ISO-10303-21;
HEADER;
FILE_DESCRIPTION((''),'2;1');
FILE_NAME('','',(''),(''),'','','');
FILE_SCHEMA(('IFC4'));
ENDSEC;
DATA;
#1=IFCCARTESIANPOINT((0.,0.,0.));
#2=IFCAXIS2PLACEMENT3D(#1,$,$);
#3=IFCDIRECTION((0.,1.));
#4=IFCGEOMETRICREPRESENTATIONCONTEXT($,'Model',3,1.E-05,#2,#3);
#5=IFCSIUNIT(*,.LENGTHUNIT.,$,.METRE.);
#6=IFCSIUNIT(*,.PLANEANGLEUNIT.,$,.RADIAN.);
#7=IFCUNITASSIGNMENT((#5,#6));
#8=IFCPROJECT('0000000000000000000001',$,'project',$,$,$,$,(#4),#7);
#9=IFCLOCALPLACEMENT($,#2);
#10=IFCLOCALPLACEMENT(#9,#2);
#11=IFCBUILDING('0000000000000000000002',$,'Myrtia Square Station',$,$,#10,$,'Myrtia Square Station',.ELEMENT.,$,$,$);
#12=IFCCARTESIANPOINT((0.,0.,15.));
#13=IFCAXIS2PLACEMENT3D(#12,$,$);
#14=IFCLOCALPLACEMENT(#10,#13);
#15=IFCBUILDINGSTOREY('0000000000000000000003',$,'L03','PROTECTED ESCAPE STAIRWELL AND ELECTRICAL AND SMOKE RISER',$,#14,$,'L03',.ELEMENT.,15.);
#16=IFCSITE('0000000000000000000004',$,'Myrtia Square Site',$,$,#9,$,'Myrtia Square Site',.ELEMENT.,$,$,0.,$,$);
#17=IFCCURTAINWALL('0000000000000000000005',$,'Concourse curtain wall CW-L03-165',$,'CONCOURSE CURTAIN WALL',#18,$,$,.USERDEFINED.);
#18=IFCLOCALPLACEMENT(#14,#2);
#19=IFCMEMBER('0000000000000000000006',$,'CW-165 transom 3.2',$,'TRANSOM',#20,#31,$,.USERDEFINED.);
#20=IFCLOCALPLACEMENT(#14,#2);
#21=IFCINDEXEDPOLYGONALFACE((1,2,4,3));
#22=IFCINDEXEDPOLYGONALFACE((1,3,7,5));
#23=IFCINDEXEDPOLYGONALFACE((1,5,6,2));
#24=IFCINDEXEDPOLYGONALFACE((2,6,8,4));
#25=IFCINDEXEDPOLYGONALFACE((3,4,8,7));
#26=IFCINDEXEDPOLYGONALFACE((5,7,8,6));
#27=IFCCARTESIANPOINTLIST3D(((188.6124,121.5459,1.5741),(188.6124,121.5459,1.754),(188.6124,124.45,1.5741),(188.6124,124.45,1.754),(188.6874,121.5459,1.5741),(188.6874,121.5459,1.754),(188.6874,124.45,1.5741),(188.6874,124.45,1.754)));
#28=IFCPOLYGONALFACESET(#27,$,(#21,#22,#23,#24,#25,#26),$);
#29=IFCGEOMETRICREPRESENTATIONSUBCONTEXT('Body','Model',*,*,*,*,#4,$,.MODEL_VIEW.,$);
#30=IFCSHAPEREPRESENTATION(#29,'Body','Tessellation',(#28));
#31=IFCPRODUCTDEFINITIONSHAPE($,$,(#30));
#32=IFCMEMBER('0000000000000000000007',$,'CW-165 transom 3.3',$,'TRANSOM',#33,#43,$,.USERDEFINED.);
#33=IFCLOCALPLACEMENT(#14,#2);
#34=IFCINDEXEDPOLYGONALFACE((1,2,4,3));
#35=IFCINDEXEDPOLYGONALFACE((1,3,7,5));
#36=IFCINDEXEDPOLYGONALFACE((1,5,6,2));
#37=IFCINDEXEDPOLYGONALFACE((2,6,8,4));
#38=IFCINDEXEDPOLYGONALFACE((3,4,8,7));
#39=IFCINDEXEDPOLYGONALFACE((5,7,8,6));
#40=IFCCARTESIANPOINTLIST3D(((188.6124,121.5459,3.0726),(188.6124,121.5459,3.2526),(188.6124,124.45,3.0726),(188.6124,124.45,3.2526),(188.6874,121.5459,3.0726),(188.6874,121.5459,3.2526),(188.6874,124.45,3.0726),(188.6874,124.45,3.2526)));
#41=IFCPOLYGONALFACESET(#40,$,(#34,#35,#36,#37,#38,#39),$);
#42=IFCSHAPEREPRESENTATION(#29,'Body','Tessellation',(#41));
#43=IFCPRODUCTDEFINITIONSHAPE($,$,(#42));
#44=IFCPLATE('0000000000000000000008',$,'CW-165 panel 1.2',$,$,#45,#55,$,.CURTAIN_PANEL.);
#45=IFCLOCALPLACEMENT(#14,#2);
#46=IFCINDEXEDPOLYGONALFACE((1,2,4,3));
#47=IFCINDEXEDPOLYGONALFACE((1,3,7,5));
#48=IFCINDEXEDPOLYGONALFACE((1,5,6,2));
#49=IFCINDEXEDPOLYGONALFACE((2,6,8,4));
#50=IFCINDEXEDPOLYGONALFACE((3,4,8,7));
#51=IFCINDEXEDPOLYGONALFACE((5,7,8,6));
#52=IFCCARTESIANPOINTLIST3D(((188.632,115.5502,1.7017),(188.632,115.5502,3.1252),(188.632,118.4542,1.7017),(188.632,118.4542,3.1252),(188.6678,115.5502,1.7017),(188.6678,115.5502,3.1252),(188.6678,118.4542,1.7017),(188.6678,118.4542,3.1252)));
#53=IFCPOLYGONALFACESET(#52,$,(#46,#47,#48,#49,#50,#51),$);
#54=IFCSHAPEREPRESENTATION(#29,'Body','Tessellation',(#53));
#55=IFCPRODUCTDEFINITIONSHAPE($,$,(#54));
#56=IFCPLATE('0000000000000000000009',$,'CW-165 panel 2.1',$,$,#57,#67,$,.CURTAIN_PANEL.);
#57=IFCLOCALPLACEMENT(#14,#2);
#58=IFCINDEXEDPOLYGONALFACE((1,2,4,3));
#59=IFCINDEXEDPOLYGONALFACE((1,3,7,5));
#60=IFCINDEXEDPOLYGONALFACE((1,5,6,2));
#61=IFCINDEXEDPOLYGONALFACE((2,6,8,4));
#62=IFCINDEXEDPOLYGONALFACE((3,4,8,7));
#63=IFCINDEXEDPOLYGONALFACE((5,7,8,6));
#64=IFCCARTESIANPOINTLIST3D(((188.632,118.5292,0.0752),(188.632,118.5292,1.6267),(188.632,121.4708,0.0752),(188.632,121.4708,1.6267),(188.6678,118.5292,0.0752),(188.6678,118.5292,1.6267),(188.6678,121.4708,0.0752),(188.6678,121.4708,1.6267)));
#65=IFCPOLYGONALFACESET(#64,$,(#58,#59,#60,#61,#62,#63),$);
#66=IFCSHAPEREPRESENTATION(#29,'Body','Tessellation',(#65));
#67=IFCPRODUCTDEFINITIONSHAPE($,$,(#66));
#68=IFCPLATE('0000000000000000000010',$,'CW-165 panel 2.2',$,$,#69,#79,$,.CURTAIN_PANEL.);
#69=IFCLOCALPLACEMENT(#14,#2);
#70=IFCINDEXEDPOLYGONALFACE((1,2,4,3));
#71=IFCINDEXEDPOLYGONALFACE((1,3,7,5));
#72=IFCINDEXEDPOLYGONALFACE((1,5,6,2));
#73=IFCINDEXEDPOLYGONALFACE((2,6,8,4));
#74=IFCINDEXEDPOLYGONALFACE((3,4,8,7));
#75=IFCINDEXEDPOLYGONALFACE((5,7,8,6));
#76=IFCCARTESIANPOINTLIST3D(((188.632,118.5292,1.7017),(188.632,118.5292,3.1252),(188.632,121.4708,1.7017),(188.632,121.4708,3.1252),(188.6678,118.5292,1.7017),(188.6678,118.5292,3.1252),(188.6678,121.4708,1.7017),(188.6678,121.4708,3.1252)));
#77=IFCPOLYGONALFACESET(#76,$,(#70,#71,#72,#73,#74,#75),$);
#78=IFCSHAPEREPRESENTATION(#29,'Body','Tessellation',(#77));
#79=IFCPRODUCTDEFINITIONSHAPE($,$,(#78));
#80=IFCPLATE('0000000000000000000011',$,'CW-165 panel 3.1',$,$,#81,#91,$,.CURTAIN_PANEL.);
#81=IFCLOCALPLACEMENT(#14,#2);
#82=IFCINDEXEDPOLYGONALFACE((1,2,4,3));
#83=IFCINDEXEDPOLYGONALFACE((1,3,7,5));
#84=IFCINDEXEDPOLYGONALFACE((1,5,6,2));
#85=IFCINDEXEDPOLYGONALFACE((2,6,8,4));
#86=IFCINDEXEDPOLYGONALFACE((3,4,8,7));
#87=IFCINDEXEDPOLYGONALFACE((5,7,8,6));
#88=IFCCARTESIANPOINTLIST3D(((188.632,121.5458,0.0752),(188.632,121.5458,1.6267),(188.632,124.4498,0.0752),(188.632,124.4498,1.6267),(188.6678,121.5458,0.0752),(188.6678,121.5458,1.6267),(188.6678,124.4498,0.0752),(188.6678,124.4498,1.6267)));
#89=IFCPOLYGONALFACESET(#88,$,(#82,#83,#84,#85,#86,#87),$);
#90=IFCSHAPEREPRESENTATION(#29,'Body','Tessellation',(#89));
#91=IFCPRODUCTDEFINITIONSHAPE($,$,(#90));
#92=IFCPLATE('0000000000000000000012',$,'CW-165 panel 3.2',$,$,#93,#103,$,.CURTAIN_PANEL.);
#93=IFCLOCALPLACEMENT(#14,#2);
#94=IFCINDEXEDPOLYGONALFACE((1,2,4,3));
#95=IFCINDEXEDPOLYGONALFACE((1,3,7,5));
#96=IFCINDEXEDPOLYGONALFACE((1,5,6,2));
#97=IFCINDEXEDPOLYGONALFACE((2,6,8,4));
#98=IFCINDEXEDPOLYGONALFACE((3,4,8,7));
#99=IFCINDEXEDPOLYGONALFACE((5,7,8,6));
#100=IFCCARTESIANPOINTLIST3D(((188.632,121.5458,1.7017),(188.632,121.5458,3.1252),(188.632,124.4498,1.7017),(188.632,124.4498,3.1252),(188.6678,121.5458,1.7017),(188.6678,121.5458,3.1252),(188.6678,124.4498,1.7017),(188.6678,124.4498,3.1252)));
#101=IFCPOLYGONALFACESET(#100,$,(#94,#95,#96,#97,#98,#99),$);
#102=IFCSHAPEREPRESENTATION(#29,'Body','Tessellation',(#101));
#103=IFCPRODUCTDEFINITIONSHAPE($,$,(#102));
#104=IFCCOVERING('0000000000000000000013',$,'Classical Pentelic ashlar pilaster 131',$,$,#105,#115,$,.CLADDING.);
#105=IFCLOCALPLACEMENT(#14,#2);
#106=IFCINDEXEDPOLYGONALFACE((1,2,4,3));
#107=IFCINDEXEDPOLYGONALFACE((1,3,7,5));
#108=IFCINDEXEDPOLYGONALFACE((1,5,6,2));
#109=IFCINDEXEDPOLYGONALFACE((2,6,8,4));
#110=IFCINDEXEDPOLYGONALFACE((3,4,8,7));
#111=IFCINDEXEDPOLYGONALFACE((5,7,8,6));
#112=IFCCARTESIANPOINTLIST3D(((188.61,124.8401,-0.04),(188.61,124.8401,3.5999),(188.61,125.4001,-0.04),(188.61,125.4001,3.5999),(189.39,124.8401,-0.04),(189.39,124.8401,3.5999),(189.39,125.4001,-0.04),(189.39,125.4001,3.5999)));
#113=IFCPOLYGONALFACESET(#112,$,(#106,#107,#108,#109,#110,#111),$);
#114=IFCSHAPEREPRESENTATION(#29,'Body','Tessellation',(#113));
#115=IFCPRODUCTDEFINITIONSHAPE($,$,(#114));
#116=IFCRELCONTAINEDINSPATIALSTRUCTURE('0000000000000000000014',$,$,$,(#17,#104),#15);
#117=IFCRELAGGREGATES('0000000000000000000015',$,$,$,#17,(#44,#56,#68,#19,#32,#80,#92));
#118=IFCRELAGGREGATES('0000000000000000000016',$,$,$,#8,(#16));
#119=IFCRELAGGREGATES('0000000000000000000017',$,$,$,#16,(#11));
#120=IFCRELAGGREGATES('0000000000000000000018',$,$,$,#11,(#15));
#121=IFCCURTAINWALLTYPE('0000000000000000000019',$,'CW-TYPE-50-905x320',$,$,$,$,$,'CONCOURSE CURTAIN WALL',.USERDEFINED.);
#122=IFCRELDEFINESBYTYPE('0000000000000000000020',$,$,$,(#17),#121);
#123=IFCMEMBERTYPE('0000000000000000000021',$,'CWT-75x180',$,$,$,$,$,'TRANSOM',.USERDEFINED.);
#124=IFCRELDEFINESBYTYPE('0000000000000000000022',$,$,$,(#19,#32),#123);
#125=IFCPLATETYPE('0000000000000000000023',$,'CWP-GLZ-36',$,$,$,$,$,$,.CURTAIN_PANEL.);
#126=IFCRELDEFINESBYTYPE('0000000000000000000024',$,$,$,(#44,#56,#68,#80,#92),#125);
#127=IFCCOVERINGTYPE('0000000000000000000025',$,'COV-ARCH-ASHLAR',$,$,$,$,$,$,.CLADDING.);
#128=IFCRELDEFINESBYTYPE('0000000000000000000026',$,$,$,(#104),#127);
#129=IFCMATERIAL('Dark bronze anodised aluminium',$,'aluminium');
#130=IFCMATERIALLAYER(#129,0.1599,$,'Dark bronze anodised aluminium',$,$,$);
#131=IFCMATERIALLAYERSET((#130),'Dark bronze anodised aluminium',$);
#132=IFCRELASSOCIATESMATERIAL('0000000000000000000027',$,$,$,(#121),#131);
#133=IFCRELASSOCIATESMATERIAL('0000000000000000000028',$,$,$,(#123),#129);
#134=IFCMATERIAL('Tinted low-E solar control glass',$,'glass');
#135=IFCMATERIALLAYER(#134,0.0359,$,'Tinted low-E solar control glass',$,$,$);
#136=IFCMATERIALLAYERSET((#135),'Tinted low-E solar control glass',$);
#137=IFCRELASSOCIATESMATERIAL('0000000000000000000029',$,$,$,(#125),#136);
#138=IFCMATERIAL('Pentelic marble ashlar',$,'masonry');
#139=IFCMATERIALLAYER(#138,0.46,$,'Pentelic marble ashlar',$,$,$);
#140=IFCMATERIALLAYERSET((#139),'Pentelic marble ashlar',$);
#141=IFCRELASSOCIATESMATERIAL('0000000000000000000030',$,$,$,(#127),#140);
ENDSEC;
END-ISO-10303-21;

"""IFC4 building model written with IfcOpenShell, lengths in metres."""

from ifc_helpers import new_model, si_unit, direction, frame, origin, origin_2d, place, context, subcontext, project, spatial, rectangle, extrude, material, layer, layer_set, material_profile, profile_set, type_object, element, aggregate, save


model = new_model("IFC4")

# Units and contexts
model_context = context("Model", 3, precision=1e-05, world=origin(), true_north=direction((0.0, 1.0)))
body_context = subcontext(model_context, "Body", "Model", "MODEL_VIEW")
ifc_project = project(units=[si_unit("LENGTHUNIT", "METRE"), si_unit("PLANEANGLEUNIT", "RADIAN")], contexts=[model_context])

# Site, building, storey
site_placement = place(None, origin())
site = spatial("IfcSite", under=ifc_project, at=site_placement, Name="Myrtia Square Site", LongName="Myrtia Square Site", CompositionType="ELEMENT", RefElevation=0.0)
building_placement = place(site_placement, origin())
building = spatial("IfcBuilding", under=site, at=building_placement, Name="Myrtia Square Station", LongName="Myrtia Square Station", CompositionType="ELEMENT")
storey_placement = place(building_placement, frame((0.0, 0.0, 15.0)))
storey = spatial("IfcBuildingStorey", under=building, at=storey_placement, Name="L03", Description="PROTECTED ESCAPE STAIRWELL AND ELECTRICAL AND SMOKE RISER", LongName="L03", CompositionType="ELEMENT", Elevation=15.0)

# Curtain wall, members, plates
ifc_material_1 = material(Name="Dark bronze anodised aluminium", Category="aluminium")
ifc_layer_1 = layer(ifc_material_1, 0.1599, Name="Dark bronze anodised aluminium")
ifc_layer_set_1 = layer_set([ifc_layer_1], Name="Dark bronze anodised aluminium")
curtain_wall_type = type_object("IfcCurtainWallType", Name="CW-TYPE-50-905x320", ElementType="CONCOURSE CURTAIN WALL", PredefinedType="USERDEFINED", material=ifc_layer_set_1)
curtain_wall_placement = place(storey_placement, origin())
curtain_wall = element("IfcCurtainWall", 1, at=curtain_wall_placement, inside=storey, type_object=curtain_wall_type, Name="Concourse curtain wall CW-L03-165", ObjectType="CONCOURSE CURTAIN WALL", PredefinedType="USERDEFINED")
ifc_material_profile_1 = material_profile(ifc_material_1, rectangle(XDim=0.075, YDim=0.1799, at=origin_2d()), Name="ALU-T 75x180")
ifc_profile_set_1 = profile_set([ifc_material_profile_1], Name="Dark bronze anodised aluminium")
member_type_1 = type_object("IfcMemberType", Name="CWT-75x180", ElementType="TRANSOM", PredefinedType="USERDEFINED", material=ifc_profile_set_1)
member_1_placement = place(storey_placement, frame((188.6499, 121.5459, 1.6641), z_axis=(0.0, 1.0, 0.0), x_axis=(-1.0, 0.0, 0.0)))
member_1 = element("IfcMember", 2, at=member_1_placement, type_object=member_type_1, Name="CW-165 transom 3.2", ObjectType="TRANSOM", PredefinedType="USERDEFINED", context=body_context, shape_type="SweptSolid", body=[
    extrude(rectangle(XDim=0.075, YDim=0.1799, at=origin_2d()), origin(), (0.0, 0.0, 1.0), 2.9041),
])
member_2_placement = place(storey_placement, frame((188.6499, 121.5459, 3.1626), z_axis=(0.0, 1.0, 0.0), x_axis=(-1.0, 0.0, 0.0)))
member_2 = element("IfcMember", 3, at=member_2_placement, type_object=member_type_1, Name="CW-165 transom 3.3", ObjectType="TRANSOM", PredefinedType="USERDEFINED", context=body_context, shape_type="SweptSolid", body=[
    extrude(rectangle(XDim=0.075, YDim=0.1799, at=origin_2d()), origin(), (0.0, 0.0, 1.0), 2.9041),
])
ifc_material_2 = material(Name="Tinted low-E solar control glass", Category="glass")
ifc_layer_2 = layer(ifc_material_2, 0.0359, Name="Tinted low-E solar control glass")
ifc_layer_set_2 = layer_set([ifc_layer_2], Name="Tinted low-E solar control glass")
plate_type = type_object("IfcPlateType", Name="CWP-GLZ-36", PredefinedType="CURTAIN_PANEL", material=ifc_layer_set_2)
plate_1_placement = place(storey_placement, frame((188.6499, 117.0022, 1.7017), z_axis=(0.0, 0.0, 1.0), x_axis=(0.0, 1.0, 0.0)))
plate_1 = element("IfcPlate", 4, at=plate_1_placement, type_object=plate_type, Name="CW-165 panel 1.2", PredefinedType="CURTAIN_PANEL", context=body_context, shape_type="SweptSolid", body=[
    extrude(rectangle(XDim=2.9041, YDim=0.0359, at=origin_2d()), origin(), (0.0, 0.0, 1.0), 1.4236),
])
plate_2_placement = place(storey_placement, frame((188.6499, 120.0, 0.0752), z_axis=(0.0, 0.0, 1.0), x_axis=(0.0, 1.0, 0.0)))
plate_2 = element("IfcPlate", 5, at=plate_2_placement, type_object=plate_type, Name="CW-165 panel 2.1", PredefinedType="CURTAIN_PANEL", context=body_context, shape_type="SweptSolid", body=[
    extrude(rectangle(XDim=2.9417, YDim=0.0359, at=origin_2d()), origin(), (0.0, 0.0, 1.0), 1.5515),
])
plate_3_placement = place(storey_placement, frame((188.6499, 120.0, 1.7017), z_axis=(0.0, 0.0, 1.0), x_axis=(0.0, 1.0, 0.0)))
plate_3 = element("IfcPlate", 6, at=plate_3_placement, type_object=plate_type, Name="CW-165 panel 2.2", PredefinedType="CURTAIN_PANEL", context=body_context, shape_type="SweptSolid", body=[
    extrude(rectangle(XDim=2.9417, YDim=0.0359, at=origin_2d()), origin(), (0.0, 0.0, 1.0), 1.4236),
])
plate_4_placement = place(storey_placement, frame((188.6499, 122.9978, 0.0752), z_axis=(0.0, 0.0, 1.0), x_axis=(0.0, 1.0, 0.0)))
plate_4 = element("IfcPlate", 7, at=plate_4_placement, type_object=plate_type, Name="CW-165 panel 3.1", PredefinedType="CURTAIN_PANEL", context=body_context, shape_type="SweptSolid", body=[
    extrude(rectangle(XDim=2.9041, YDim=0.0359, at=origin_2d()), origin(), (0.0, 0.0, 1.0), 1.5515),
])
plate_5_placement = place(storey_placement, frame((188.6499, 122.9978, 1.7017), z_axis=(0.0, 0.0, 1.0), x_axis=(0.0, 1.0, 0.0)))
plate_5 = element("IfcPlate", 8, at=plate_5_placement, type_object=plate_type, Name="CW-165 panel 3.2", PredefinedType="CURTAIN_PANEL", context=body_context, shape_type="SweptSolid", body=[
    extrude(rectangle(XDim=2.9041, YDim=0.0359, at=origin_2d()), origin(), (0.0, 0.0, 1.0), 1.4236),
])
aggregate(curtain_wall, [plate_1, plate_2, plate_3, member_1, member_2, plate_4, plate_5])

# Covering
ifc_material_3 = material(Name="Pentelic marble ashlar", Category="masonry")
ifc_layer_3 = layer(ifc_material_3, 0.46, Name="Pentelic marble ashlar")
ifc_layer_set_3 = layer_set([ifc_layer_3], Name="Pentelic marble ashlar")
covering_type = type_object("IfcCoveringType", Name="COV-ARCH-ASHLAR", PredefinedType="CLADDING", material=ifc_layer_set_3)
covering_placement = place(storey_placement, frame((189.0, 125.1201, -0.04), z_axis=(0.0, 0.0, 1.0), x_axis=(1.0, 0.0, 0.0)))
element("IfcCovering", 9, at=covering_placement, inside=storey, type_object=covering_type, Name="Classical Pentelic ashlar pilaster 131", PredefinedType="CLADDING", context=body_context, shape_type="SweptSolid", body=[
    extrude(rectangle(XDim=0.78, YDim=0.5601, at=origin_2d()), origin(), (0.0, 0.0, 1.0), 3.6399),
])

save(model, "model.ifc")
